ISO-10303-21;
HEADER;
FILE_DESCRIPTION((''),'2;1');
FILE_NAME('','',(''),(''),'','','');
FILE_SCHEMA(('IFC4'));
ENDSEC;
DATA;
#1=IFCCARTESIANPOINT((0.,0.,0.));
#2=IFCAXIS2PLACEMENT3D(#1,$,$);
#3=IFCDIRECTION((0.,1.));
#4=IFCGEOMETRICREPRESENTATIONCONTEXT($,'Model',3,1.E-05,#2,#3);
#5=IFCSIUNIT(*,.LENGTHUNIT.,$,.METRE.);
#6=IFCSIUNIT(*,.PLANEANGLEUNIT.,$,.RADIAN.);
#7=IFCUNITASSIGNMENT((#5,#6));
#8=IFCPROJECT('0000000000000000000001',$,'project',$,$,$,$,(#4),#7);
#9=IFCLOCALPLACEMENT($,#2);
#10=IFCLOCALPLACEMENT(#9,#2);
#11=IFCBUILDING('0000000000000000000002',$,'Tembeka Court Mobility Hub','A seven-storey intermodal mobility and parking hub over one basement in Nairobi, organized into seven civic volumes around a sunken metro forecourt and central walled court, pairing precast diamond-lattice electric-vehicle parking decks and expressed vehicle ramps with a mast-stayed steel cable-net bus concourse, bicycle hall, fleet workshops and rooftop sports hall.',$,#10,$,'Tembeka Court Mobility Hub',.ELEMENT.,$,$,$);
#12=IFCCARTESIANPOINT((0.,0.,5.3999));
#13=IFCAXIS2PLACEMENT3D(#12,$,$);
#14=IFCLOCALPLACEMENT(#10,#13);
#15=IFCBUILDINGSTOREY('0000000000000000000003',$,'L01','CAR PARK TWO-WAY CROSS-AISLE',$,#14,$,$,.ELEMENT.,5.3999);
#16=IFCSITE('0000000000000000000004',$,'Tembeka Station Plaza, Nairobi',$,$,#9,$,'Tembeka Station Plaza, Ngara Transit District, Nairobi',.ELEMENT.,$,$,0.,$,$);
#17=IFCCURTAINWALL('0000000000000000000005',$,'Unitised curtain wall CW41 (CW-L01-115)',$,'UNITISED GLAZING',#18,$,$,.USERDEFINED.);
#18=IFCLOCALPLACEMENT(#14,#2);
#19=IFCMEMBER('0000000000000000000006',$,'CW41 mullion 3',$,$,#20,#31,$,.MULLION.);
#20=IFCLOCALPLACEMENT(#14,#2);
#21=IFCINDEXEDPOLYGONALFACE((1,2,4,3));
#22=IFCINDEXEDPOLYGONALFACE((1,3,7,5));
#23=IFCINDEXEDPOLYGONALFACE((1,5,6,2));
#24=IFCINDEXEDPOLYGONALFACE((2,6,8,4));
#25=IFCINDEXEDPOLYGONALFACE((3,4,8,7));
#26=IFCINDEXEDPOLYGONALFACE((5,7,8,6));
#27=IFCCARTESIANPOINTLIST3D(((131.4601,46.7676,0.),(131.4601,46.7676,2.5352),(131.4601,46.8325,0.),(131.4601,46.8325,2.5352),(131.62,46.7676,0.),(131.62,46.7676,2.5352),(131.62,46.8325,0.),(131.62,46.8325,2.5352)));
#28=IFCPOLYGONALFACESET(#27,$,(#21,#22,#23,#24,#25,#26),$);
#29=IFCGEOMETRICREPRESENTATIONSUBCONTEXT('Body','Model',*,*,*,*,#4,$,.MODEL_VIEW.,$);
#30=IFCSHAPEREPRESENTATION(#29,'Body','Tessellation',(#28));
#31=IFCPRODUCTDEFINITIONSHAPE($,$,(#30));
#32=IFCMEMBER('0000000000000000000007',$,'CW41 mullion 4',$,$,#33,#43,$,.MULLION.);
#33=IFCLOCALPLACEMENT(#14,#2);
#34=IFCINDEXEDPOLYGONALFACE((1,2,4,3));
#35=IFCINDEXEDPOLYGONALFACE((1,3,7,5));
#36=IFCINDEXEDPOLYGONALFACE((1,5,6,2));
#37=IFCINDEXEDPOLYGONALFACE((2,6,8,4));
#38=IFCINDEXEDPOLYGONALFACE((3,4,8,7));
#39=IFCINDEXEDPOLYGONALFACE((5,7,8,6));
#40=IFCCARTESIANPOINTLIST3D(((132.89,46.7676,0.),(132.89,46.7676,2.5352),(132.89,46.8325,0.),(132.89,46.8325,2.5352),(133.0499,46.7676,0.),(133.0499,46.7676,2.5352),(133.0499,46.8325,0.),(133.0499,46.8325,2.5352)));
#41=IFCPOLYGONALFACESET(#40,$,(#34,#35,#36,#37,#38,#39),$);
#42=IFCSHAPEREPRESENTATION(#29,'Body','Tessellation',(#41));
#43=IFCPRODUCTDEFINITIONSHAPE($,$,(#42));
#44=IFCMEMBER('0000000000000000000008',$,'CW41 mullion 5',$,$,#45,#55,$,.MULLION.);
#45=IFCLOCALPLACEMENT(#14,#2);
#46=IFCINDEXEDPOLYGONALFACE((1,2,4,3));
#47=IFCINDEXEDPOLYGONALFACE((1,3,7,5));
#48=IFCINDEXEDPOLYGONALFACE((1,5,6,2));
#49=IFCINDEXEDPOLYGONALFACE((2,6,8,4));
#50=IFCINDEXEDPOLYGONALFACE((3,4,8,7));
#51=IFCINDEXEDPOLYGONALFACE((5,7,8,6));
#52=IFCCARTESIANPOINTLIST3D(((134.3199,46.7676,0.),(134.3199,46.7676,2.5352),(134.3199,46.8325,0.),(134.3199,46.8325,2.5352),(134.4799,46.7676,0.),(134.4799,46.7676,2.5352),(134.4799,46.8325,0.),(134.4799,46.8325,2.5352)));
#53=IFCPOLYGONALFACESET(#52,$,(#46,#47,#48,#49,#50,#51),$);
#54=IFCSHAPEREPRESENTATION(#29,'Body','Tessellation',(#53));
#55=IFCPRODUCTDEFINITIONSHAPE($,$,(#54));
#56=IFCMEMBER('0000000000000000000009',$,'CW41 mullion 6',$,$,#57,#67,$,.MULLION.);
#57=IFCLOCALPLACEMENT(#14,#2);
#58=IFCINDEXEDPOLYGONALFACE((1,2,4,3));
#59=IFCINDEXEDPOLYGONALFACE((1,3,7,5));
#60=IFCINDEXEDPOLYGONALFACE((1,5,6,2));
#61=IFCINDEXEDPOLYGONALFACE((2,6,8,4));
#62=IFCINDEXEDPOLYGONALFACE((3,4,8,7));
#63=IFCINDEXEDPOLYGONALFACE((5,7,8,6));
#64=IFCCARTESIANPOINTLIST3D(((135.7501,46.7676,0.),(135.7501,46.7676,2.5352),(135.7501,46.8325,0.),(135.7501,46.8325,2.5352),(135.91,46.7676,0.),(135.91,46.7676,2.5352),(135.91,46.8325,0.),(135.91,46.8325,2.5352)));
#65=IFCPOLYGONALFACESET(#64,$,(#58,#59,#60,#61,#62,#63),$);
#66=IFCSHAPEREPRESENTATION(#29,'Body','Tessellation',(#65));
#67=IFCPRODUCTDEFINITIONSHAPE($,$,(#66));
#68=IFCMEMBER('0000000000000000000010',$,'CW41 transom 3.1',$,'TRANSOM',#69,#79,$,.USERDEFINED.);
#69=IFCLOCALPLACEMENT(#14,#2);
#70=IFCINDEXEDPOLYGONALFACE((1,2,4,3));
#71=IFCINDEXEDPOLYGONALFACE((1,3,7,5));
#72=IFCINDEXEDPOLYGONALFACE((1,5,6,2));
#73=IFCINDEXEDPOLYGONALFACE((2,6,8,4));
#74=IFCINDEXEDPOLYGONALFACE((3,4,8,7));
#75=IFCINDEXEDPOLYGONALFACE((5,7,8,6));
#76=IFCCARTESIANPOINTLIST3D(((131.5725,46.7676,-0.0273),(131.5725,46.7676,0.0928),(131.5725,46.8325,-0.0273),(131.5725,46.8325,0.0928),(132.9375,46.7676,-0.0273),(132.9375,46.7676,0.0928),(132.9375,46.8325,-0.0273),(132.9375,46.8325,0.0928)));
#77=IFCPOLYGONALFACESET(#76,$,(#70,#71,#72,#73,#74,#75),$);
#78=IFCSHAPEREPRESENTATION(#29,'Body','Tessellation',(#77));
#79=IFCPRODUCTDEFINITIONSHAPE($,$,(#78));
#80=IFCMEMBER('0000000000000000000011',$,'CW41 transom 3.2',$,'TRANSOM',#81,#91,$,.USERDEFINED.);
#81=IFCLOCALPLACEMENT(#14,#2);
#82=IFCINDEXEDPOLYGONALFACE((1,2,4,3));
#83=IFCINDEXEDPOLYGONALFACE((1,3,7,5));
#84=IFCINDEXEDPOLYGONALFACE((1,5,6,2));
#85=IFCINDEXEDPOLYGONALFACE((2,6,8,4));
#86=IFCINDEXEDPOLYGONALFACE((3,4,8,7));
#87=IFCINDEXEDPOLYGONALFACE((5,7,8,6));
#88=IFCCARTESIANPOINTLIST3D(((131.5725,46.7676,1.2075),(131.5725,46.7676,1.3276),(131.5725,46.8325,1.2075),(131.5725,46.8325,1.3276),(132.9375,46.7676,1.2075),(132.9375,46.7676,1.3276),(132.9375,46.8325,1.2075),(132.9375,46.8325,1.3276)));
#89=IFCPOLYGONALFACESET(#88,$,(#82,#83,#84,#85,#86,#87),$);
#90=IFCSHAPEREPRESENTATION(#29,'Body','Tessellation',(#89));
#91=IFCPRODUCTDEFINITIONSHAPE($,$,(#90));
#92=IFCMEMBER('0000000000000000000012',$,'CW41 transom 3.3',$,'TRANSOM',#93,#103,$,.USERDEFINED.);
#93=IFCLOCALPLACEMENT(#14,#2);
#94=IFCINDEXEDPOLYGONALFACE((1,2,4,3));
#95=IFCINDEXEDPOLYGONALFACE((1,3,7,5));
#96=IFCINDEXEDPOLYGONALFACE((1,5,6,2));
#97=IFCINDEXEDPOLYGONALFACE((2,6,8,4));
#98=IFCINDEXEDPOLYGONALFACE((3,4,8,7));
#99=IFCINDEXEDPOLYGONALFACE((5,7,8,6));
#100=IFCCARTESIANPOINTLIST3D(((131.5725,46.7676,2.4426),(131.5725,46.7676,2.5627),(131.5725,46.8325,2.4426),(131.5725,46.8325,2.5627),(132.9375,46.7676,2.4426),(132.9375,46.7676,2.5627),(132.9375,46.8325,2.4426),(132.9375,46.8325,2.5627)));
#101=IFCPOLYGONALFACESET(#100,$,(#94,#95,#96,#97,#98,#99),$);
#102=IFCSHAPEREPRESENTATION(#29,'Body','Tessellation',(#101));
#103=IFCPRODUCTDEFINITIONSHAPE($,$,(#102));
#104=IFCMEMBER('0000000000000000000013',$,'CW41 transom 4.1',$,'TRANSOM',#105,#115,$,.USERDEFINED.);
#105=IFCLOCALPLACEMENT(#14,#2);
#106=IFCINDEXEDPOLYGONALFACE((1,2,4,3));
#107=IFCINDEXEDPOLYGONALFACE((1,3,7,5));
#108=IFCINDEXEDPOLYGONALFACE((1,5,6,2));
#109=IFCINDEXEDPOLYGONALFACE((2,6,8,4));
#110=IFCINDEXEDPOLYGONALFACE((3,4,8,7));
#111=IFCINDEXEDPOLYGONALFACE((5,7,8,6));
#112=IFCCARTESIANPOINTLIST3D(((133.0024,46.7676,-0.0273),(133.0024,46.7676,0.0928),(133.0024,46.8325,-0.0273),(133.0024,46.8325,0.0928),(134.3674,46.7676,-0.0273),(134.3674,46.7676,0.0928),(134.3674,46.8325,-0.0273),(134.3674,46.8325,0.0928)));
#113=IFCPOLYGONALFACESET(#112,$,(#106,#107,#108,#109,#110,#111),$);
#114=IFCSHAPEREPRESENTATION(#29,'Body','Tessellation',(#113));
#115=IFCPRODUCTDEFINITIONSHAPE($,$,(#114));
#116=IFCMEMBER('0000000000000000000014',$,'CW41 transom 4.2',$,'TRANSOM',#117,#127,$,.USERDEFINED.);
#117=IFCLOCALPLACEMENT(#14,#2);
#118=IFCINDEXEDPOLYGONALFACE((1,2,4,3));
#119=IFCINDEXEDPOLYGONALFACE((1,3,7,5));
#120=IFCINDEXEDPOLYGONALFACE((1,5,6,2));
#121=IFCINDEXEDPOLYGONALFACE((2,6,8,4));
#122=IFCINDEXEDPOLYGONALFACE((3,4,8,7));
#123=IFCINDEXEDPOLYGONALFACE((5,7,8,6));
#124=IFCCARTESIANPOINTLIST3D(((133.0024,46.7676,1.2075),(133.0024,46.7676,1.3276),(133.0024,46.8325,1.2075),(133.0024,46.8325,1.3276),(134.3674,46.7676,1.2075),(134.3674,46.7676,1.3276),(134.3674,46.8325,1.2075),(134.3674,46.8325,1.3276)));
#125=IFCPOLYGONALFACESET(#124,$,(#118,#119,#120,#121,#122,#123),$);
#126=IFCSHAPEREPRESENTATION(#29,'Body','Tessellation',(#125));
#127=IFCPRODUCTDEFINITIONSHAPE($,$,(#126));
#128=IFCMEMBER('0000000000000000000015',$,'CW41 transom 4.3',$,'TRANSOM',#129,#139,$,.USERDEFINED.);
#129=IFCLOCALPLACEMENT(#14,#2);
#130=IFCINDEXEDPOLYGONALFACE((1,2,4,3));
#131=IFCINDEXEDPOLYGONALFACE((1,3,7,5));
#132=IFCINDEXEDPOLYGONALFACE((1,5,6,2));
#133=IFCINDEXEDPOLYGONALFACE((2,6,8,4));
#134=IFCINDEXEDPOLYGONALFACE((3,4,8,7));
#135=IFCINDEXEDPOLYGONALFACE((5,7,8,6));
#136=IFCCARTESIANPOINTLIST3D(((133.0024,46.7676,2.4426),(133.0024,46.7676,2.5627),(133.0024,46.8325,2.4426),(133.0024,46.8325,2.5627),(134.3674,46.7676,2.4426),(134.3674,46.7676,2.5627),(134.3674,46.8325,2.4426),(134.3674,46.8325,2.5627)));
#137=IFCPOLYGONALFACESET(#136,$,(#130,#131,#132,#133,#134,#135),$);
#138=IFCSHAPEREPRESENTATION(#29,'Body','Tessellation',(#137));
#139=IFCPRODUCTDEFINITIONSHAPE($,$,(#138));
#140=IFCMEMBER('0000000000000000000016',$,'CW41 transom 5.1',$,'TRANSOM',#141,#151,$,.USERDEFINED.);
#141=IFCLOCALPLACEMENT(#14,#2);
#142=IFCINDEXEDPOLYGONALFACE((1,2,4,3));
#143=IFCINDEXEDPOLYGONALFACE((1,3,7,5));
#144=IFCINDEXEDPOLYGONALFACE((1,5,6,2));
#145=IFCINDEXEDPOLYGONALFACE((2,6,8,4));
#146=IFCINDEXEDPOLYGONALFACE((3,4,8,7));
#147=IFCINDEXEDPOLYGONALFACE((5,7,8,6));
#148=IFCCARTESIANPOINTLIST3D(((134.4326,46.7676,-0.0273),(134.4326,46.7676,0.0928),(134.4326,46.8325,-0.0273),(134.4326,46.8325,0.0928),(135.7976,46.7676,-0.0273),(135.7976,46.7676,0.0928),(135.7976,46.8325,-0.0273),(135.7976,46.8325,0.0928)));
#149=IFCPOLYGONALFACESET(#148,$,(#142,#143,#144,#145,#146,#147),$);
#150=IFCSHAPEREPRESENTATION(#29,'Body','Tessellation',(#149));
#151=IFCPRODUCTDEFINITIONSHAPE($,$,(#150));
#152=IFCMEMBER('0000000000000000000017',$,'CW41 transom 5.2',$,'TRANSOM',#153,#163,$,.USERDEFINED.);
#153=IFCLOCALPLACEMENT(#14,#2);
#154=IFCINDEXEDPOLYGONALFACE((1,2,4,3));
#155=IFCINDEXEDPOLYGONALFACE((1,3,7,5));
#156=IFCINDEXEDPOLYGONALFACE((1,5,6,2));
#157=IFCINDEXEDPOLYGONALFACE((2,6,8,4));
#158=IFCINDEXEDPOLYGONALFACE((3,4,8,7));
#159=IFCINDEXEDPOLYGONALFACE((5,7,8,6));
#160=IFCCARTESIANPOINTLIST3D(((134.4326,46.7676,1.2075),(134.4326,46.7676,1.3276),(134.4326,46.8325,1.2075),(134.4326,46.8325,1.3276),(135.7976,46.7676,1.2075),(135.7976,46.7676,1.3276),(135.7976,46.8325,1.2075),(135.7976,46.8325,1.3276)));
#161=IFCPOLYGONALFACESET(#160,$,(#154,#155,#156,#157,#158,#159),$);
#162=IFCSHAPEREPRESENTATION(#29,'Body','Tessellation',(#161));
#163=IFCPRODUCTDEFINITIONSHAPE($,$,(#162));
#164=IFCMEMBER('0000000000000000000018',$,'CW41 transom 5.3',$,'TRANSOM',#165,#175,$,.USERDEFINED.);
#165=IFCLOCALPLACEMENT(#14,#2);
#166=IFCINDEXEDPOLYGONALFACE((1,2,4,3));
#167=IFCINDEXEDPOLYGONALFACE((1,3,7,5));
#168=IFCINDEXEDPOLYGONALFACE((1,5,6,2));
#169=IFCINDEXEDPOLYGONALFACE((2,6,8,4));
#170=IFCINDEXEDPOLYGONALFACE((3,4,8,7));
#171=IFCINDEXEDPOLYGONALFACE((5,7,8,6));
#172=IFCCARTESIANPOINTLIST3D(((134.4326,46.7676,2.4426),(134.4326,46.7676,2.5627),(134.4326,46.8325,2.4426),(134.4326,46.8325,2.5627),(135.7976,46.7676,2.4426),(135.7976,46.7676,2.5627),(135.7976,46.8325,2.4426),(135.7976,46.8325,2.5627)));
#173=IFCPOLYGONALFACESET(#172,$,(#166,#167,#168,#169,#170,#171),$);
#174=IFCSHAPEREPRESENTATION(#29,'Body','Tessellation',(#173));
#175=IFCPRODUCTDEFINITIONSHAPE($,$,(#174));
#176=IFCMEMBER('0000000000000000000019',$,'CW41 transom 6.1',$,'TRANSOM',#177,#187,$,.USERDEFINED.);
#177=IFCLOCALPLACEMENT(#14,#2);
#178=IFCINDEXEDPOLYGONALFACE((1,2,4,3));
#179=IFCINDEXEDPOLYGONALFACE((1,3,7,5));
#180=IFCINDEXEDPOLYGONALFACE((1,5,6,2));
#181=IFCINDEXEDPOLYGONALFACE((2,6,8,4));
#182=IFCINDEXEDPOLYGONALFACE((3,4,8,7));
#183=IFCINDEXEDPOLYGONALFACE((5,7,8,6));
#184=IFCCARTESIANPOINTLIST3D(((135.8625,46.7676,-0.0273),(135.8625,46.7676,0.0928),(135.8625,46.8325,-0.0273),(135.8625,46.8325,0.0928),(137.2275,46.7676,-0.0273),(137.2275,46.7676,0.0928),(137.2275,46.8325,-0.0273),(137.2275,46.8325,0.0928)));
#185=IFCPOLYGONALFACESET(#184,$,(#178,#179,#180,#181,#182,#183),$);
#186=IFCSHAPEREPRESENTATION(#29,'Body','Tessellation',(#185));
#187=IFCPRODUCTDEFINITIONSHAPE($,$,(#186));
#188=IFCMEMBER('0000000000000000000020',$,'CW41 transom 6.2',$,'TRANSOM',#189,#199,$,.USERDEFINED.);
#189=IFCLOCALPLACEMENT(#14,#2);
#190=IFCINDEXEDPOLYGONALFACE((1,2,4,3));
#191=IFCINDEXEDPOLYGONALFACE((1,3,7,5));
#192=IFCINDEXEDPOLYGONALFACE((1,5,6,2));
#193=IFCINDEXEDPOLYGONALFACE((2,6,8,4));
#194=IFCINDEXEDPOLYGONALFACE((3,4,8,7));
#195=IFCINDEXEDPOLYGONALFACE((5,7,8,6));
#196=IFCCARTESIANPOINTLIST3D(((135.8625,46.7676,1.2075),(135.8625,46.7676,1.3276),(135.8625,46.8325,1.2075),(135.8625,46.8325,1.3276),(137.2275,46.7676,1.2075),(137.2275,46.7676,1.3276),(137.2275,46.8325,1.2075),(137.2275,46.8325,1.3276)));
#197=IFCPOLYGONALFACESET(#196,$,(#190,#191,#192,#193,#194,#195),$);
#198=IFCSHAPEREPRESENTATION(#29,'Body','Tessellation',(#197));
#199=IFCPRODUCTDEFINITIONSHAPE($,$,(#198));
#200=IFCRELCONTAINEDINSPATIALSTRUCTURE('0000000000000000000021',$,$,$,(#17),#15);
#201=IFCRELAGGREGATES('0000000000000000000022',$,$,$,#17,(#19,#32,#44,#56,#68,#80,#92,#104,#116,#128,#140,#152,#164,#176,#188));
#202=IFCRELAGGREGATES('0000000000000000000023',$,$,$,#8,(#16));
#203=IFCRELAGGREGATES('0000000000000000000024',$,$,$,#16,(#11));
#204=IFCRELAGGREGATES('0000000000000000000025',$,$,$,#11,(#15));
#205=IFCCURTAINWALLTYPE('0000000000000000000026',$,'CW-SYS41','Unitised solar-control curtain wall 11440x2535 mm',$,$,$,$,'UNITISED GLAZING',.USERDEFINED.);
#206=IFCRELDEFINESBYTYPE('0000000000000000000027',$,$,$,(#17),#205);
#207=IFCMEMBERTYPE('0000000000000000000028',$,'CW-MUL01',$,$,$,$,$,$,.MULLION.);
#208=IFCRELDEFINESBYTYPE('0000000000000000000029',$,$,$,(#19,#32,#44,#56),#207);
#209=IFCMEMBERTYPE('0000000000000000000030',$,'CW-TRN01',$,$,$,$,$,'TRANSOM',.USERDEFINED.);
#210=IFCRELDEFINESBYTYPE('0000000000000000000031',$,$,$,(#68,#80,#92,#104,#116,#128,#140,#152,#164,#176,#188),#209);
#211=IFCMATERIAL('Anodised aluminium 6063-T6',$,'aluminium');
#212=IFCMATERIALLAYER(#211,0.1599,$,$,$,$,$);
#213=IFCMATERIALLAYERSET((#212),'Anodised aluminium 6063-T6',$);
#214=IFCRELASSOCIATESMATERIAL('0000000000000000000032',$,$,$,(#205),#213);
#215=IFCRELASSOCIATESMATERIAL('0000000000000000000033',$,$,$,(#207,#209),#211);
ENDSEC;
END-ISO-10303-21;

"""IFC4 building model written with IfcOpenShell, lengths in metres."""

from ifc_helpers import new_model, si_unit, direction, frame, origin, origin_2d, place, context, subcontext, project, spatial, rectangle, extrude, material, layer, layer_set, material_profile, profile_set, type_object, element, aggregate, save


model = new_model("IFC4")

# Units and contexts
model_context = context("Model", 3, precision=1e-05, world=origin(), true_north=direction((0.0, 1.0)))
body_context = subcontext(model_context, "Body", "Model", "MODEL_VIEW")
ifc_project = project(units=[si_unit("LENGTHUNIT", "METRE"), si_unit("PLANEANGLEUNIT", "RADIAN")], contexts=[model_context])

# Site, building, storey
site_placement = place(None, origin())
site = spatial("IfcSite", under=ifc_project, at=site_placement, Name="Tembeka Station Plaza, Nairobi", LongName="Tembeka Station Plaza, Ngara Transit District, Nairobi", CompositionType="ELEMENT", RefElevation=0.0)
building_placement = place(site_placement, origin())
building = spatial("IfcBuilding", under=site, at=building_placement, Name="Tembeka Court Mobility Hub", Description="A seven-storey intermodal mobility and parking hub over one basement in Nairobi, organized into seven civic volumes around a sunken metro forecourt and central walled court, pairing precast diamond-lattice electric-vehicle parking decks and expressed vehicle ramps with a mast-stayed steel cable-net bus concourse, bicycle hall, fleet workshops and rooftop sports hall.", LongName="Tembeka Court Mobility Hub", CompositionType="ELEMENT")
storey_placement = place(building_placement, frame((0.0, 0.0, 5.3999)))
storey = spatial("IfcBuildingStorey", under=building, at=storey_placement, Name="L01", Description="CAR PARK TWO-WAY CROSS-AISLE", CompositionType="ELEMENT", Elevation=5.3999)

# Curtain wall, members
ifc_material_1 = material(Name="Anodised aluminium 6063-T6", Category="aluminium")
ifc_layer_1 = layer(ifc_material_1, 0.1599)
ifc_layer_set_1 = layer_set([ifc_layer_1], Name="Anodised aluminium 6063-T6")
curtain_wall_type = type_object("IfcCurtainWallType", Name="CW-SYS41", Description="Unitised solar-control curtain wall 11440x2535 mm", ElementType="UNITISED GLAZING", PredefinedType="USERDEFINED", material=ifc_layer_set_1)
curtain_wall_placement = place(storey_placement, origin())
curtain_wall = element("IfcCurtainWall", 1, at=curtain_wall_placement, inside=storey, type_object=curtain_wall_type, Name="Unitised curtain wall CW41 (CW-L01-115)", ObjectType="UNITISED GLAZING", PredefinedType="USERDEFINED")
ifc_material_profile_1 = material_profile(ifc_material_1, rectangle(XDim=0.0649, YDim=0.1599, at=origin_2d()), Name="ALU-MUL 65x160")
ifc_profile_set_1 = profile_set([ifc_material_profile_1], Name="Anodised aluminium 6063-T6")
member_type_1 = type_object("IfcMemberType", Name="CW-MUL01", PredefinedType="MULLION", material=ifc_profile_set_1)
member_1_placement = place(storey_placement, frame((131.54, 46.8, 0.0), z_axis=(0.0, 0.0, 1.0), x_axis=(0.0, 1.0, 0.0)))
member_1 = element("IfcMember", 2, at=member_1_placement, type_object=member_type_1, Name="CW41 mullion 3", PredefinedType="MULLION", context=body_context, shape_type="SweptSolid", body=[
    extrude(rectangle(XDim=0.0649, YDim=0.1599, at=origin_2d()), origin(), (0.0, 0.0, 1.0), 2.5352),
])
member_2_placement = place(storey_placement, frame((132.97, 46.8, 0.0), z_axis=(0.0, 0.0, 1.0), x_axis=(0.0, 1.0, 0.0)))
member_2 = element("IfcMember", 3, at=member_2_placement, type_object=member_type_1, Name="CW41 mullion 4", PredefinedType="MULLION", context=body_context, shape_type="SweptSolid", body=[
    extrude(rectangle(XDim=0.0649, YDim=0.1599, at=origin_2d()), origin(), (0.0, 0.0, 1.0), 2.5352),
])
member_3_placement = place(storey_placement, frame((134.3999, 46.8, 0.0), z_axis=(0.0, 0.0, 1.0), x_axis=(0.0, 1.0, 0.0)))
member_3 = element("IfcMember", 4, at=member_3_placement, type_object=member_type_1, Name="CW41 mullion 5", PredefinedType="MULLION", context=body_context, shape_type="SweptSolid", body=[
    extrude(rectangle(XDim=0.0649, YDim=0.1599, at=origin_2d()), origin(), (0.0, 0.0, 1.0), 2.5352),
])
member_4_placement = place(storey_placement, frame((135.8301, 46.8, 0.0), z_axis=(0.0, 0.0, 1.0), x_axis=(0.0, 1.0, 0.0)))
member_4 = element("IfcMember", 5, at=member_4_placement, type_object=member_type_1, Name="CW41 mullion 6", PredefinedType="MULLION", context=body_context, shape_type="SweptSolid", body=[
    extrude(rectangle(XDim=0.0649, YDim=0.1599, at=origin_2d()), origin(), (0.0, 0.0, 1.0), 2.5352),
])
ifc_material_profile_2 = material_profile(ifc_material_1, rectangle(XDim=0.0649, YDim=0.1201, at=origin_2d()), Name="ALU-TRN 65x120")
ifc_profile_set_2 = profile_set([ifc_material_profile_2], Name="Anodised aluminium 6063-T6")
member_type_2 = type_object("IfcMemberType", Name="CW-TRN01", ElementType="TRANSOM", PredefinedType="USERDEFINED", material=ifc_profile_set_2)
member_5_placement = place(storey_placement, frame((131.5725, 46.8, 0.0327), z_axis=(1.0, 0.0, 0.0), x_axis=(0.0, 1.0, 0.0)))
member_5 = element("IfcMember", 6, at=member_5_placement, type_object=member_type_2, Name="CW41 transom 3.1", ObjectType="TRANSOM", PredefinedType="USERDEFINED", context=body_context, shape_type="SweptSolid", body=[
    extrude(rectangle(XDim=0.0649, YDim=0.1201, at=origin_2d()), origin(), (0.0, 0.0, 1.0), 1.365),
])
member_6_placement = place(storey_placement, frame((131.5725, 46.8, 1.2676), z_axis=(1.0, 0.0, 0.0), x_axis=(0.0, 1.0, 0.0)))
member_6 = element("IfcMember", 7, at=member_6_placement, type_object=member_type_2, Name="CW41 transom 3.2", ObjectType="TRANSOM", PredefinedType="USERDEFINED", context=body_context, shape_type="SweptSolid", body=[
    extrude(rectangle(XDim=0.0649, YDim=0.1201, at=origin_2d()), origin(), (0.0, 0.0, 1.0), 1.365),
])
member_7_placement = place(storey_placement, frame((131.5725, 46.8, 2.5027), z_axis=(1.0, 0.0, 0.0), x_axis=(0.0, 1.0, 0.0)))
member_7 = element("IfcMember", 8, at=member_7_placement, type_object=member_type_2, Name="CW41 transom 3.3", ObjectType="TRANSOM", PredefinedType="USERDEFINED", context=body_context, shape_type="SweptSolid", body=[
    extrude(rectangle(XDim=0.0649, YDim=0.1201, at=origin_2d()), origin(), (0.0, 0.0, 1.0), 1.365),
])
member_8_placement = place(storey_placement, frame((133.0024, 46.8, 0.0327), z_axis=(1.0, 0.0, 0.0), x_axis=(0.0, 1.0, 0.0)))
member_8 = element("IfcMember", 9, at=member_8_placement, type_object=member_type_2, Name="CW41 transom 4.1", ObjectType="TRANSOM", PredefinedType="USERDEFINED", context=body_context, shape_type="SweptSolid", body=[
    extrude(rectangle(XDim=0.0649, YDim=0.1201, at=origin_2d()), origin(), (0.0, 0.0, 1.0), 1.365),
])
member_9_placement = place(storey_placement, frame((133.0024, 46.8, 1.2676), z_axis=(1.0, 0.0, 0.0), x_axis=(0.0, 1.0, 0.0)))
member_9 = element("IfcMember", 10, at=member_9_placement, type_object=member_type_2, Name="CW41 transom 4.2", ObjectType="TRANSOM", PredefinedType="USERDEFINED", context=body_context, shape_type="SweptSolid", body=[
    extrude(rectangle(XDim=0.0649, YDim=0.1201, at=origin_2d()), origin(), (0.0, 0.0, 1.0), 1.365),
])
member_10_placement = place(storey_placement, frame((133.0024, 46.8, 2.5027), z_axis=(1.0, 0.0, 0.0), x_axis=(0.0, 1.0, 0.0)))
member_10 = element("IfcMember", 11, at=member_10_placement, type_object=member_type_2, Name="CW41 transom 4.3", ObjectType="TRANSOM", PredefinedType="USERDEFINED", context=body_context, shape_type="SweptSolid", body=[
    extrude(rectangle(XDim=0.0649, YDim=0.1201, at=origin_2d()), origin(), (0.0, 0.0, 1.0), 1.365),
])
member_11_placement = place(storey_placement, frame((134.4326, 46.8, 0.0327), z_axis=(1.0, 0.0, 0.0), x_axis=(0.0, 1.0, 0.0)))
member_11 = element("IfcMember", 12, at=member_11_placement, type_object=member_type_2, Name="CW41 transom 5.1", ObjectType="TRANSOM", PredefinedType="USERDEFINED", context=body_context, shape_type="SweptSolid", body=[
    extrude(rectangle(XDim=0.0649, YDim=0.1201, at=origin_2d()), origin(), (0.0, 0.0, 1.0), 1.365),
])
member_12_placement = place(storey_placement, frame((134.4326, 46.8, 1.2676), z_axis=(1.0, 0.0, 0.0), x_axis=(0.0, 1.0, 0.0)))
member_12 = element("IfcMember", 13, at=member_12_placement, type_object=member_type_2, Name="CW41 transom 5.2", ObjectType="TRANSOM", PredefinedType="USERDEFINED", context=body_context, shape_type="SweptSolid", body=[
    extrude(rectangle(XDim=0.0649, YDim=0.1201, at=origin_2d()), origin(), (0.0, 0.0, 1.0), 1.365),
])
member_13_placement = place(storey_placement, frame((134.4326, 46.8, 2.5027), z_axis=(1.0, 0.0, 0.0), x_axis=(0.0, 1.0, 0.0)))
member_13 = element("IfcMember", 14, at=member_13_placement, type_object=member_type_2, Name="CW41 transom 5.3", ObjectType="TRANSOM", PredefinedType="USERDEFINED", context=body_context, shape_type="SweptSolid", body=[
    extrude(rectangle(XDim=0.0649, YDim=0.1201, at=origin_2d()), origin(), (0.0, 0.0, 1.0), 1.365),
])
member_14_placement = place(storey_placement, frame((135.8625, 46.8, 0.0327), z_axis=(1.0, 0.0, 0.0), x_axis=(0.0, 1.0, 0.0)))
member_14 = element("IfcMember", 15, at=member_14_placement, type_object=member_type_2, Name="CW41 transom 6.1", ObjectType="TRANSOM", PredefinedType="USERDEFINED", context=body_context, shape_type="SweptSolid", body=[
    extrude(rectangle(XDim=0.0649, YDim=0.1201, at=origin_2d()), origin(), (0.0, 0.0, 1.0), 1.365),
])
member_15_placement = place(storey_placement, frame((135.8625, 46.8, 1.2676), z_axis=(1.0, 0.0, 0.0), x_axis=(0.0, 1.0, 0.0)))
member_15 = element("IfcMember", 16, at=member_15_placement, type_object=member_type_2, Name="CW41 transom 6.2", ObjectType="TRANSOM", PredefinedType="USERDEFINED", context=body_context, shape_type="SweptSolid", body=[
    extrude(rectangle(XDim=0.0649, YDim=0.1201, at=origin_2d()), origin(), (0.0, 0.0, 1.0), 1.365),
])
aggregate(curtain_wall, [member_1, member_2, member_3, member_4, member_5, member_6, member_7, member_8, member_9, member_10, member_11, member_12, member_13, member_14, member_15])

save(model, "model.ifc")
